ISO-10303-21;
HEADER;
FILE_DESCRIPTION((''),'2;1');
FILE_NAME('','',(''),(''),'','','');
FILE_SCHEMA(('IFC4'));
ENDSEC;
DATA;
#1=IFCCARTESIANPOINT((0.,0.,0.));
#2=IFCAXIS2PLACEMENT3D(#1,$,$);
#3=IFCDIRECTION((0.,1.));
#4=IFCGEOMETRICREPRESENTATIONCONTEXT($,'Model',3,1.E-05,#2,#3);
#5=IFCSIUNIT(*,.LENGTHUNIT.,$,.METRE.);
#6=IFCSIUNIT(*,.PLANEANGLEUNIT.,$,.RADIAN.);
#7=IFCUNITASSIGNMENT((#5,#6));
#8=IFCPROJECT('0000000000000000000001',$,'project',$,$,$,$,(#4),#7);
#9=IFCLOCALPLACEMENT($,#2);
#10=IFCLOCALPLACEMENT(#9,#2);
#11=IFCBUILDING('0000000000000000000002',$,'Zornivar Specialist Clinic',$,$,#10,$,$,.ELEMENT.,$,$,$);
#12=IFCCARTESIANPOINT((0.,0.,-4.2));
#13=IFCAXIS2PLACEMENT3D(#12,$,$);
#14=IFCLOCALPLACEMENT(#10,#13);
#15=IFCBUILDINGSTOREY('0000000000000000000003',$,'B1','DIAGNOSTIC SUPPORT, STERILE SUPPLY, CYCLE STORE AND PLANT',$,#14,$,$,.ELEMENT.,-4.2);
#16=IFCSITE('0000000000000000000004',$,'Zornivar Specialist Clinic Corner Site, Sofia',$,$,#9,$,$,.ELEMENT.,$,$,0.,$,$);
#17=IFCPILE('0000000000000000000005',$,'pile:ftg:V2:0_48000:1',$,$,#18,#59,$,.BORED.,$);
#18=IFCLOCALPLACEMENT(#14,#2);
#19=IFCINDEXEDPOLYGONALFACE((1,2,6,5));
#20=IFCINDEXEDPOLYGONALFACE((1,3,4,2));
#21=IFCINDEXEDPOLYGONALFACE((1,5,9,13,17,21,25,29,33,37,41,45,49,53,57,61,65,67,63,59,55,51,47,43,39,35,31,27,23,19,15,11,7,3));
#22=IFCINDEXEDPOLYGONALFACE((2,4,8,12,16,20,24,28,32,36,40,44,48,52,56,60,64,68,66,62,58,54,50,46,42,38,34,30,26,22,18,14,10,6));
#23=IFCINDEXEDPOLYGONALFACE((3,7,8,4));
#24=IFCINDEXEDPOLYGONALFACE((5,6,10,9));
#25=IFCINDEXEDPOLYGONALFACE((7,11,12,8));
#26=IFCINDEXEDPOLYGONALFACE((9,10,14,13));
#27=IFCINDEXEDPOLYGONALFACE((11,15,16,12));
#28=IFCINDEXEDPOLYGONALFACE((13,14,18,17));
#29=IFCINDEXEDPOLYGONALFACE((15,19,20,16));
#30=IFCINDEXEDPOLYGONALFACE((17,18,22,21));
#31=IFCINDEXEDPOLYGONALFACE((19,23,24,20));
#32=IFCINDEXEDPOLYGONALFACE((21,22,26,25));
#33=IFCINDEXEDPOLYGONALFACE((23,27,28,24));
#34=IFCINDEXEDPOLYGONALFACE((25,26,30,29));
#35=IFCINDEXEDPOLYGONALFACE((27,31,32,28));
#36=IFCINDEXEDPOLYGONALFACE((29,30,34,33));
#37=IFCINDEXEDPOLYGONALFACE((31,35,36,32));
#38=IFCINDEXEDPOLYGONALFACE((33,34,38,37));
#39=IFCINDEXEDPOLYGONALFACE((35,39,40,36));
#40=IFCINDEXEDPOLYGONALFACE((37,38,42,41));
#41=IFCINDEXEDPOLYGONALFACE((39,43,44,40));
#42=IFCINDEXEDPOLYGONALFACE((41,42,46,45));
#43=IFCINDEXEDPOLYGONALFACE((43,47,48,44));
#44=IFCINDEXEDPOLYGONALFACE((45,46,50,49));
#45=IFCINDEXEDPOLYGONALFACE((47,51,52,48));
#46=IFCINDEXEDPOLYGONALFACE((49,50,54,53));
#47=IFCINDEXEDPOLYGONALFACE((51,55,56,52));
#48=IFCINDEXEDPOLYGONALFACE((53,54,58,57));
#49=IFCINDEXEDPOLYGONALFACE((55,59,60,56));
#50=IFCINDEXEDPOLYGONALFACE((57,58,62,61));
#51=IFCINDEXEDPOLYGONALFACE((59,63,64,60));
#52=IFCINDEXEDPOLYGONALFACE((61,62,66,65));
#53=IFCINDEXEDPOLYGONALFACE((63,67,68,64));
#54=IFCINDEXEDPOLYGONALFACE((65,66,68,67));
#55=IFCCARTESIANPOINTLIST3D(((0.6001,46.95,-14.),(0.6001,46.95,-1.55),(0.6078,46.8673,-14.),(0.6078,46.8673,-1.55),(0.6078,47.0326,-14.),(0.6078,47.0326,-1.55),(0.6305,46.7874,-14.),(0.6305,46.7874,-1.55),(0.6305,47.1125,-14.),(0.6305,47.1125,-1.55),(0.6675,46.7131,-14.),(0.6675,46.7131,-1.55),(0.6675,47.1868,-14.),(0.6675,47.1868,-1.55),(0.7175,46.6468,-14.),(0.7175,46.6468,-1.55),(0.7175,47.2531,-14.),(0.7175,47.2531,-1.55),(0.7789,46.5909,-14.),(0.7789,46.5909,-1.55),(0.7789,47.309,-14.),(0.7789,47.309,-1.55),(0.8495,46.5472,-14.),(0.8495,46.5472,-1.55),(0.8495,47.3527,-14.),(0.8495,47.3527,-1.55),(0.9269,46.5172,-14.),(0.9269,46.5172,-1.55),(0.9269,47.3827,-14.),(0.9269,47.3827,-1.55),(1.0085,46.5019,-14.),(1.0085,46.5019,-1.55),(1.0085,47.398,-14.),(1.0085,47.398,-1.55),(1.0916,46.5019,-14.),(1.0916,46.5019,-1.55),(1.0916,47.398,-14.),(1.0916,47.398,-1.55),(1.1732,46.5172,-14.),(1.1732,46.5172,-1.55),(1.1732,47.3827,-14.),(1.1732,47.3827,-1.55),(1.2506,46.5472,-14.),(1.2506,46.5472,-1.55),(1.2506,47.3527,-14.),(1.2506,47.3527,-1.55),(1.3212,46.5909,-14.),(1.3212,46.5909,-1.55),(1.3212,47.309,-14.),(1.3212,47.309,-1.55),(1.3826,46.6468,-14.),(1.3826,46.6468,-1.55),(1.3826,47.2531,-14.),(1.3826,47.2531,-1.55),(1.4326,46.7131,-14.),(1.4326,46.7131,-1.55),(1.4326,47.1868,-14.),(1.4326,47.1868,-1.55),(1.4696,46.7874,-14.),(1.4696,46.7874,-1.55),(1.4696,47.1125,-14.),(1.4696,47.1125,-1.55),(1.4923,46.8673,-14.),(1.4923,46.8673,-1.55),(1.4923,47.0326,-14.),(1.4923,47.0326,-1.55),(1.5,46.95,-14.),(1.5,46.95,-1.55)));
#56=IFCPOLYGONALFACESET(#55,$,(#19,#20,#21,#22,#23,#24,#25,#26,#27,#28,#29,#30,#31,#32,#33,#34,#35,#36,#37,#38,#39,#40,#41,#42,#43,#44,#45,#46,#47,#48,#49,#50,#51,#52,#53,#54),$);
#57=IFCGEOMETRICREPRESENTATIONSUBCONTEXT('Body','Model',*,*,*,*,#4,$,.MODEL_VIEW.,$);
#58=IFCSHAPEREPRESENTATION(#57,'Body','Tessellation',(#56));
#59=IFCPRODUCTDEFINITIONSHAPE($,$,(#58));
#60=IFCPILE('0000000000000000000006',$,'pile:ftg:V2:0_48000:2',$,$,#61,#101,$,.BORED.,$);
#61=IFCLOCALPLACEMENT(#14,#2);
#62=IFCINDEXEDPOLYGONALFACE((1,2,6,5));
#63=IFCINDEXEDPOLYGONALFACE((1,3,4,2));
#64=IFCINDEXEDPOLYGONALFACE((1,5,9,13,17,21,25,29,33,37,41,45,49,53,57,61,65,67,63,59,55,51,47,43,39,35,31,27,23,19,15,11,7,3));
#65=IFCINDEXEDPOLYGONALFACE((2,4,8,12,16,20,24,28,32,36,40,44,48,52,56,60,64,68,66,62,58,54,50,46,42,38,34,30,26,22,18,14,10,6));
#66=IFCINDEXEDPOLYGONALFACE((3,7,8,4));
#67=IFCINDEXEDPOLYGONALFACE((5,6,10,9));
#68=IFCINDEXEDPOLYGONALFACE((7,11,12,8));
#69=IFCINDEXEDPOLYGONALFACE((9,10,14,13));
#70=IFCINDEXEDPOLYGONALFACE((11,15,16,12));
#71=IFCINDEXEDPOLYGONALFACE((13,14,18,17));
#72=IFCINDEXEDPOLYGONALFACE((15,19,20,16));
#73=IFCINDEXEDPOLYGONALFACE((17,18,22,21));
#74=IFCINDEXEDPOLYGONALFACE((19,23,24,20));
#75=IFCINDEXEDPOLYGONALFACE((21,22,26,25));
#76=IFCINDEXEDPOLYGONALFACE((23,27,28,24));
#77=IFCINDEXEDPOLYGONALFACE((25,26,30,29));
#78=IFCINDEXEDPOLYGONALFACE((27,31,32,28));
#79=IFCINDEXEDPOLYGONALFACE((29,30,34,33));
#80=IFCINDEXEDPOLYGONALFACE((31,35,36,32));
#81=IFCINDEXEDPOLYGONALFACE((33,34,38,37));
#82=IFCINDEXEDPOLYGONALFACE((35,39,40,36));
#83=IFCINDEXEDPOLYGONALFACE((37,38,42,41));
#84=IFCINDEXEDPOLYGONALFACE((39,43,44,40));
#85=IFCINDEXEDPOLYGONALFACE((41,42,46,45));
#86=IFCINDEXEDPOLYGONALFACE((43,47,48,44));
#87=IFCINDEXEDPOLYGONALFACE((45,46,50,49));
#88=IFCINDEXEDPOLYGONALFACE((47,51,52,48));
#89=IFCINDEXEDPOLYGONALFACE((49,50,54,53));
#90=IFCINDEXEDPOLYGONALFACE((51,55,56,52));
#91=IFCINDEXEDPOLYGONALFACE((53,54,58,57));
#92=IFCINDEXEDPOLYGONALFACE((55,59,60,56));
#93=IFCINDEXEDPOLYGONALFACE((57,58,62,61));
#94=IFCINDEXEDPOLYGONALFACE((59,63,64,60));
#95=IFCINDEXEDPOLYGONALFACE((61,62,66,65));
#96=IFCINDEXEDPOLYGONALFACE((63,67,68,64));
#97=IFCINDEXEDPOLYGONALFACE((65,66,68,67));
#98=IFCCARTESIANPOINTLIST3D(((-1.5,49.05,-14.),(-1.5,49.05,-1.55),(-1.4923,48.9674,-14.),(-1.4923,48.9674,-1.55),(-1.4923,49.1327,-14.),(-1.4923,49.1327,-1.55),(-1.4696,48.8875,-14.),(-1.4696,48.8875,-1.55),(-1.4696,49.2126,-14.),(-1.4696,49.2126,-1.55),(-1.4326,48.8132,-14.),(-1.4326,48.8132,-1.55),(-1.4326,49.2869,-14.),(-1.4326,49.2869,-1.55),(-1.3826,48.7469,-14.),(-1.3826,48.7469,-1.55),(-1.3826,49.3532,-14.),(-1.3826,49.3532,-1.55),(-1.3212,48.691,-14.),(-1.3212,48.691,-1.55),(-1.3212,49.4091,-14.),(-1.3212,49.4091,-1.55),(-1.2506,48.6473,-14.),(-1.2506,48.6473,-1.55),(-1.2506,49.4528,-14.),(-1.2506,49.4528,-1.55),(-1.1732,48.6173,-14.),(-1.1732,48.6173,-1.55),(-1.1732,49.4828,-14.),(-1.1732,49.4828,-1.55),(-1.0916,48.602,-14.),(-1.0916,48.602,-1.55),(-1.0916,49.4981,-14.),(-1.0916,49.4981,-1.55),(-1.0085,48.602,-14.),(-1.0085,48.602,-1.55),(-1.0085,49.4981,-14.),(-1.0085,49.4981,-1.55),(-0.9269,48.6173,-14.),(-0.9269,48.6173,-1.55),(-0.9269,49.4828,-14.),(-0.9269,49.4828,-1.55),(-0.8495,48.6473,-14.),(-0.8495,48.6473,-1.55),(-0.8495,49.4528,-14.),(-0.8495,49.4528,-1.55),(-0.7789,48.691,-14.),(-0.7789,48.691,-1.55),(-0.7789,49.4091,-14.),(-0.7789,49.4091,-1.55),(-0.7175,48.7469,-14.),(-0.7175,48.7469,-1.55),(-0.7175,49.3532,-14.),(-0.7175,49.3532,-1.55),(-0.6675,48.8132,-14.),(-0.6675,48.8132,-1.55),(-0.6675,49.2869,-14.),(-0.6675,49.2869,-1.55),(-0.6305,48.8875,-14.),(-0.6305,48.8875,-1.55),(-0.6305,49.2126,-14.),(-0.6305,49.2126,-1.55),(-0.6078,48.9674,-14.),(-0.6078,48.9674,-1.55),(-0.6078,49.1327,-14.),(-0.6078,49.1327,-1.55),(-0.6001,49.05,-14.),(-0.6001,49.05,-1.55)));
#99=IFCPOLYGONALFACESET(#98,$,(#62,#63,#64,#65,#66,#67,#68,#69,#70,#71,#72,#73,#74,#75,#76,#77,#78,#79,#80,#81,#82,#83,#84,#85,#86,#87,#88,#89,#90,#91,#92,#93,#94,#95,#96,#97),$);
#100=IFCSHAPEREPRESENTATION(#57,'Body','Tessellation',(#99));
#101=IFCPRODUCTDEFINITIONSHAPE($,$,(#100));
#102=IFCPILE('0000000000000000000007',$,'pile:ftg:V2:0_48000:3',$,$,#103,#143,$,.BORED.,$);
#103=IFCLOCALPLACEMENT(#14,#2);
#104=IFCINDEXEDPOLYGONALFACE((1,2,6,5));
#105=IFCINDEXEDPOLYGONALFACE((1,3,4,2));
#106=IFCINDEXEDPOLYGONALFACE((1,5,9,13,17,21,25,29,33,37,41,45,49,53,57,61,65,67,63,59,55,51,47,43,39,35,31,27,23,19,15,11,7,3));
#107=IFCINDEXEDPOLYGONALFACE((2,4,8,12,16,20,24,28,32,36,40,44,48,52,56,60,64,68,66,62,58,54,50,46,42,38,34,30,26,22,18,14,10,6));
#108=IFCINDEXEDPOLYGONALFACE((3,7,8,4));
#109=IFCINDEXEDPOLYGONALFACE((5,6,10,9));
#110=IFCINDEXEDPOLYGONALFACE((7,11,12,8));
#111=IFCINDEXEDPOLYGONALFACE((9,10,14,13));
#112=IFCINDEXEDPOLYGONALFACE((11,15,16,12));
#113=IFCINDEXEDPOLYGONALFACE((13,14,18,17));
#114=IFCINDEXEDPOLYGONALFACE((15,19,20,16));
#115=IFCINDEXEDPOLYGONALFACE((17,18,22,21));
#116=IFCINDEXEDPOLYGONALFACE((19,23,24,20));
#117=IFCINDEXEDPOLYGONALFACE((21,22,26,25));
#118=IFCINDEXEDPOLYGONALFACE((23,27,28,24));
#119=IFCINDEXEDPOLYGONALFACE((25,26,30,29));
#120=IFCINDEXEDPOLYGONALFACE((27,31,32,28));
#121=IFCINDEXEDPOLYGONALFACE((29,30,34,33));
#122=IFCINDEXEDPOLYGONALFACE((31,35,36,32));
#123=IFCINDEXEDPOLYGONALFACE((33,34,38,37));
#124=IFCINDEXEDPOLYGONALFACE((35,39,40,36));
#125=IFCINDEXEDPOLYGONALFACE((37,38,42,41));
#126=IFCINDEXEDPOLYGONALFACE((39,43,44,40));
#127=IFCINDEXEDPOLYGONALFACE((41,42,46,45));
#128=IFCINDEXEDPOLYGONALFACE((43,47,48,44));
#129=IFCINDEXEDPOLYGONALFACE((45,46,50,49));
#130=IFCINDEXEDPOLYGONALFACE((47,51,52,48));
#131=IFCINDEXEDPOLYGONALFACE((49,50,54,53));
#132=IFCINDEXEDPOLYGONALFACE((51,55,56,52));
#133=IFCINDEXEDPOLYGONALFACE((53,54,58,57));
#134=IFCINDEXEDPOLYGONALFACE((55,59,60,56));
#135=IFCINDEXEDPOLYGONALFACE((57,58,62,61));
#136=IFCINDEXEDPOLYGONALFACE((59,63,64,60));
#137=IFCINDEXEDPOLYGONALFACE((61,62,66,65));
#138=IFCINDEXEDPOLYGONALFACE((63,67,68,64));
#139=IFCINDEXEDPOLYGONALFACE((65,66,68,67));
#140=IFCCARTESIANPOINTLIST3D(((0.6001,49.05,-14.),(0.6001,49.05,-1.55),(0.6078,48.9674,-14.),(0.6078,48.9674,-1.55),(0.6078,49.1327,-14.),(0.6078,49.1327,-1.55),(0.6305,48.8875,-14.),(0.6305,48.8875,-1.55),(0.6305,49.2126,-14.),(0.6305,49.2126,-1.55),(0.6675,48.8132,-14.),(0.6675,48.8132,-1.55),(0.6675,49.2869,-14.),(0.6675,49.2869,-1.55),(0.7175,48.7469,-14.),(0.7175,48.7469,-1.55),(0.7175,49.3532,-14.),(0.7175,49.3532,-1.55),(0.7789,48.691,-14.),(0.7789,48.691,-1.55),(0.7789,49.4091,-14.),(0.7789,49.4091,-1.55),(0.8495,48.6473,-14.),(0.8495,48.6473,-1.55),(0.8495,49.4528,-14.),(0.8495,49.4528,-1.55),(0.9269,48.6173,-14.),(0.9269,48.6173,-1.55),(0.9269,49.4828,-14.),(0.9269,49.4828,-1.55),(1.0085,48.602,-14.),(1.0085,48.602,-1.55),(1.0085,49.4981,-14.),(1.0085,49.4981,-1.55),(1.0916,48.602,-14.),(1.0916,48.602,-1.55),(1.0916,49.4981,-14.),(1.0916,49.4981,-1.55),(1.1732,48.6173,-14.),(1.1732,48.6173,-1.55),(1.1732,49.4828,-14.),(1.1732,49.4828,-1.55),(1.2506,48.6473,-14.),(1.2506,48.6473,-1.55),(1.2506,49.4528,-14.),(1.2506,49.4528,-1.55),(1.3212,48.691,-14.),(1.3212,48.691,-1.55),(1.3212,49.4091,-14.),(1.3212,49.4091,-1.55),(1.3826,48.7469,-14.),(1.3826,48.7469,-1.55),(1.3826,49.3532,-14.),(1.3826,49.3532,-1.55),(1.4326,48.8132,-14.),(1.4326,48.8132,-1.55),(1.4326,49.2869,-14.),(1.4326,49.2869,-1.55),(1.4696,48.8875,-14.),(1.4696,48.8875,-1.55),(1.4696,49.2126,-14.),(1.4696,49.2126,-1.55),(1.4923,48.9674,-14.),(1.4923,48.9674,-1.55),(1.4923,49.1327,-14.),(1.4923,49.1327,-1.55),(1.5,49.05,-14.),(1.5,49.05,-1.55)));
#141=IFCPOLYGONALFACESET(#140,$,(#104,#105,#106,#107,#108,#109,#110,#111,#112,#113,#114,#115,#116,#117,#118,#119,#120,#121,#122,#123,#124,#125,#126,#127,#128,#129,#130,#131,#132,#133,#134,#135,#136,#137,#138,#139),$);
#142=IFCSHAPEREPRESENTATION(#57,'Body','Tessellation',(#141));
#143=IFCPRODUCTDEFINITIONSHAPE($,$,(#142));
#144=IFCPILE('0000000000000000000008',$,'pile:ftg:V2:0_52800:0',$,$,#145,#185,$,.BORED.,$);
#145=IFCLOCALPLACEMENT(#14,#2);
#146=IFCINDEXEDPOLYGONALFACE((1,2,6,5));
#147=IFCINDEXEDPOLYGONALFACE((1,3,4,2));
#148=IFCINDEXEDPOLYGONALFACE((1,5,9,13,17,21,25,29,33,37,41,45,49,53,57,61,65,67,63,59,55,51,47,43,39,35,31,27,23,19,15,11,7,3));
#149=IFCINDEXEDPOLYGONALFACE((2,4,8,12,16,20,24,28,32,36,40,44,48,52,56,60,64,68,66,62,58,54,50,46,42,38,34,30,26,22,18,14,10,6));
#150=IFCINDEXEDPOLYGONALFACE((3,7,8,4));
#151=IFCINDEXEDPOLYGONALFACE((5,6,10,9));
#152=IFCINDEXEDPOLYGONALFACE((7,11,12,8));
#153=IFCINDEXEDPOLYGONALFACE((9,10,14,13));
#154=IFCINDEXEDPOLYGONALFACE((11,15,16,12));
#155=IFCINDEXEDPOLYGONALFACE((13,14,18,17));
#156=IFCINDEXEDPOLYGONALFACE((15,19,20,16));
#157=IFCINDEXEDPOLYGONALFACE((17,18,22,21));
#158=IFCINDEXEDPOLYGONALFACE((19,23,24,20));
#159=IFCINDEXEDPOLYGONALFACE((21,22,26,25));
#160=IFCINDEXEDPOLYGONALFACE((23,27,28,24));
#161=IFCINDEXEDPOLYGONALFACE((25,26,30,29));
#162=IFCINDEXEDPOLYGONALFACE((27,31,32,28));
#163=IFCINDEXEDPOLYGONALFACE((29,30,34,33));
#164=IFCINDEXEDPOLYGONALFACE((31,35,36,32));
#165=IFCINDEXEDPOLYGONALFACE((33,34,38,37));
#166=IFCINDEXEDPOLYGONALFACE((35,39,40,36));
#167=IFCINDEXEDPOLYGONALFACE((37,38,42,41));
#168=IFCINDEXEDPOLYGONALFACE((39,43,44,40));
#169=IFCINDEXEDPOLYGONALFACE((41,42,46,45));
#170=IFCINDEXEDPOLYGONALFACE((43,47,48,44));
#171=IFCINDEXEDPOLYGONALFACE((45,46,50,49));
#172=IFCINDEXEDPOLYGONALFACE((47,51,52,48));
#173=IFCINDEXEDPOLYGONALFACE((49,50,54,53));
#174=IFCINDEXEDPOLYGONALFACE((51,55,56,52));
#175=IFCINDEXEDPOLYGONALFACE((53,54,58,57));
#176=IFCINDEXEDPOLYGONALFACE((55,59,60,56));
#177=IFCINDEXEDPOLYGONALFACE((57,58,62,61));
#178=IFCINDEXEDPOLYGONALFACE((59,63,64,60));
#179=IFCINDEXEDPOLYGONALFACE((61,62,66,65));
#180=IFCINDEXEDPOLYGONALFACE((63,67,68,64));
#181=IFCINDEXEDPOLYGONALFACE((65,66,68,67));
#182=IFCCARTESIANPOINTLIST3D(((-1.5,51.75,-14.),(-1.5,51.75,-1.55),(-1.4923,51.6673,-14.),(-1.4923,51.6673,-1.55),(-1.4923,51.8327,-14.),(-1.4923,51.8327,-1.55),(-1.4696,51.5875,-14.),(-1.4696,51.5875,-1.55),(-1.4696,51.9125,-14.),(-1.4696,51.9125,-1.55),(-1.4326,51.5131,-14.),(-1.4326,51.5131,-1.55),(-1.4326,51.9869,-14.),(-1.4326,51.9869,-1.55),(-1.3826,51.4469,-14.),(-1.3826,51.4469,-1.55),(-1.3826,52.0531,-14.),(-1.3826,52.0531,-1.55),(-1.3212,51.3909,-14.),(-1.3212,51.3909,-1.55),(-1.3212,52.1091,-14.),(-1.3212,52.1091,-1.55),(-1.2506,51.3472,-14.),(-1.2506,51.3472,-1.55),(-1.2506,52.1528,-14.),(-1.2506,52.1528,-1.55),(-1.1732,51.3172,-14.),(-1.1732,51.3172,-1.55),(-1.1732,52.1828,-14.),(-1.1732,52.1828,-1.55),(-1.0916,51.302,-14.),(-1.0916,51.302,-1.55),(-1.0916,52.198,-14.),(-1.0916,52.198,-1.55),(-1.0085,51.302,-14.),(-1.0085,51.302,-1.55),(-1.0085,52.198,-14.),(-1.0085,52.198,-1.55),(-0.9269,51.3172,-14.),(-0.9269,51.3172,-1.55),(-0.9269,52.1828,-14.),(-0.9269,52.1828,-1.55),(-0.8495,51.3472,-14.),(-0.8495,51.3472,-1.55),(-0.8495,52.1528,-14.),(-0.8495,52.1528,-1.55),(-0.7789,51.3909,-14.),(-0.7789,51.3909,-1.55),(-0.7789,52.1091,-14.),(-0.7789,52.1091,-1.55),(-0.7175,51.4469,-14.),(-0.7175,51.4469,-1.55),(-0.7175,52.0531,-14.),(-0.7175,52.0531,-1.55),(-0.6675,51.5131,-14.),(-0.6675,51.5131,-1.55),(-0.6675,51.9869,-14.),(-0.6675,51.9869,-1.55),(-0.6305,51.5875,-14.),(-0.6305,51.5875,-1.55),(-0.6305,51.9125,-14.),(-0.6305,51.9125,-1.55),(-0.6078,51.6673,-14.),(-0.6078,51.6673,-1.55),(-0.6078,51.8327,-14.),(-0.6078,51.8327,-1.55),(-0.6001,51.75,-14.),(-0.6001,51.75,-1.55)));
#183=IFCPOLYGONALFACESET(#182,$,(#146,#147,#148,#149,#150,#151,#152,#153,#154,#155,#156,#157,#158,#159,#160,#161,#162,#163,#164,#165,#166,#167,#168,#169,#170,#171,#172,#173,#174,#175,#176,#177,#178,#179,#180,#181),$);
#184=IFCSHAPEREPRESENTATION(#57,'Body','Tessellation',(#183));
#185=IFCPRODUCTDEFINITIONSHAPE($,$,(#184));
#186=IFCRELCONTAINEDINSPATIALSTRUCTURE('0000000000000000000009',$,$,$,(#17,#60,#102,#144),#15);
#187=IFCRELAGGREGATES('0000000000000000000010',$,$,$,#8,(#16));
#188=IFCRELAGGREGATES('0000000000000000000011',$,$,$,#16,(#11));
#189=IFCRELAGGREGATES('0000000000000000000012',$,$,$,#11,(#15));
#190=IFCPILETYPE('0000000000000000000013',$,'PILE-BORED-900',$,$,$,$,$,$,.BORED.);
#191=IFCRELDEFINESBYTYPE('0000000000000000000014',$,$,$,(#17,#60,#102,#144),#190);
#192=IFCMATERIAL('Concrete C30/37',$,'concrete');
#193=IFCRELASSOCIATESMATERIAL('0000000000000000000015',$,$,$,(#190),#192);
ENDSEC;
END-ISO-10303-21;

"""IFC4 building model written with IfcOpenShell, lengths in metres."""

from ifc_helpers import new_model, si_unit, direction, frame, origin, origin_2d, place, context, subcontext, project, spatial, circle, extrude, material, material_profile, profile_set, type_object, element, save


model = new_model("IFC4")

# Units and contexts
model_context = context("Model", 3, precision=1e-05, world=origin(), true_north=direction((0.0, 1.0)))
body_context = subcontext(model_context, "Body", "Model", "MODEL_VIEW")
ifc_project = project(units=[si_unit("LENGTHUNIT", "METRE"), si_unit("PLANEANGLEUNIT", "RADIAN")], contexts=[model_context])

# Site, building, storey
site_placement = place(None, origin())
site = spatial("IfcSite", under=ifc_project, at=site_placement, Name="Zornivar Specialist Clinic Corner Site, Sofia", CompositionType="ELEMENT", RefElevation=0.0)
building_placement = place(site_placement, origin())
building = spatial("IfcBuilding", under=site, at=building_placement, Name="Zornivar Specialist Clinic", CompositionType="ELEMENT")
storey_placement = place(building_placement, frame((0.0, 0.0, -4.2)))
storey = spatial("IfcBuildingStorey", under=building, at=storey_placement, Name="B1", Description="DIAGNOSTIC SUPPORT, STERILE SUPPLY, CYCLE STORE AND PLANT", CompositionType="ELEMENT", Elevation=-4.2)

# Piles
ifc_material_1 = material(Name="Concrete C30/37", Category="concrete")
ifc_material_profile_1 = material_profile(ifc_material_1, circle(Radius=0.45, at=origin_2d()), Name="PILE D900")
ifc_profile_set_1 = profile_set([ifc_material_profile_1], Name="Concrete C30/37")
pile_type_1 = type_object("IfcPileType", Name="PILE-BORED-900", PredefinedType="BORED", material=ifc_profile_set_1)
for number, where, z_axis, x_axis, name in (
    (1, (1.05, 46.95, -1.55), (0.0, 0.0, -1.0), (1.0, 0.0, 0.0), "pile:ftg:V2:0_48000:1"),
    (2, (-1.05, 49.05, -1.55), (0.0, 0.0, -1.0), (1.0, 0.0, 0.0), "pile:ftg:V2:0_48000:2"),
    (3, (1.05, 49.05, -1.55), (0.0, 0.0, -1.0), (1.0, 0.0, 0.0), "pile:ftg:V2:0_48000:3"),
    (4, (-1.05, 51.75, -1.55), (0.0, 0.0, -1.0), (1.0, 0.0, 0.0), "pile:ftg:V2:0_52800:0"),
):
    element("IfcPile", number, at=place(storey_placement, frame(where, z_axis=z_axis, x_axis=x_axis)), inside=storey, type_object=pile_type_1, Name=name, PredefinedType="BORED", context=body_context, shape_type="SweptSolid", body=[
        extrude(circle(Radius=0.45, at=origin_2d()), origin(), (0.0, 0.0, 1.0), 12.45),
    ])

save(model, "model.ifc")
